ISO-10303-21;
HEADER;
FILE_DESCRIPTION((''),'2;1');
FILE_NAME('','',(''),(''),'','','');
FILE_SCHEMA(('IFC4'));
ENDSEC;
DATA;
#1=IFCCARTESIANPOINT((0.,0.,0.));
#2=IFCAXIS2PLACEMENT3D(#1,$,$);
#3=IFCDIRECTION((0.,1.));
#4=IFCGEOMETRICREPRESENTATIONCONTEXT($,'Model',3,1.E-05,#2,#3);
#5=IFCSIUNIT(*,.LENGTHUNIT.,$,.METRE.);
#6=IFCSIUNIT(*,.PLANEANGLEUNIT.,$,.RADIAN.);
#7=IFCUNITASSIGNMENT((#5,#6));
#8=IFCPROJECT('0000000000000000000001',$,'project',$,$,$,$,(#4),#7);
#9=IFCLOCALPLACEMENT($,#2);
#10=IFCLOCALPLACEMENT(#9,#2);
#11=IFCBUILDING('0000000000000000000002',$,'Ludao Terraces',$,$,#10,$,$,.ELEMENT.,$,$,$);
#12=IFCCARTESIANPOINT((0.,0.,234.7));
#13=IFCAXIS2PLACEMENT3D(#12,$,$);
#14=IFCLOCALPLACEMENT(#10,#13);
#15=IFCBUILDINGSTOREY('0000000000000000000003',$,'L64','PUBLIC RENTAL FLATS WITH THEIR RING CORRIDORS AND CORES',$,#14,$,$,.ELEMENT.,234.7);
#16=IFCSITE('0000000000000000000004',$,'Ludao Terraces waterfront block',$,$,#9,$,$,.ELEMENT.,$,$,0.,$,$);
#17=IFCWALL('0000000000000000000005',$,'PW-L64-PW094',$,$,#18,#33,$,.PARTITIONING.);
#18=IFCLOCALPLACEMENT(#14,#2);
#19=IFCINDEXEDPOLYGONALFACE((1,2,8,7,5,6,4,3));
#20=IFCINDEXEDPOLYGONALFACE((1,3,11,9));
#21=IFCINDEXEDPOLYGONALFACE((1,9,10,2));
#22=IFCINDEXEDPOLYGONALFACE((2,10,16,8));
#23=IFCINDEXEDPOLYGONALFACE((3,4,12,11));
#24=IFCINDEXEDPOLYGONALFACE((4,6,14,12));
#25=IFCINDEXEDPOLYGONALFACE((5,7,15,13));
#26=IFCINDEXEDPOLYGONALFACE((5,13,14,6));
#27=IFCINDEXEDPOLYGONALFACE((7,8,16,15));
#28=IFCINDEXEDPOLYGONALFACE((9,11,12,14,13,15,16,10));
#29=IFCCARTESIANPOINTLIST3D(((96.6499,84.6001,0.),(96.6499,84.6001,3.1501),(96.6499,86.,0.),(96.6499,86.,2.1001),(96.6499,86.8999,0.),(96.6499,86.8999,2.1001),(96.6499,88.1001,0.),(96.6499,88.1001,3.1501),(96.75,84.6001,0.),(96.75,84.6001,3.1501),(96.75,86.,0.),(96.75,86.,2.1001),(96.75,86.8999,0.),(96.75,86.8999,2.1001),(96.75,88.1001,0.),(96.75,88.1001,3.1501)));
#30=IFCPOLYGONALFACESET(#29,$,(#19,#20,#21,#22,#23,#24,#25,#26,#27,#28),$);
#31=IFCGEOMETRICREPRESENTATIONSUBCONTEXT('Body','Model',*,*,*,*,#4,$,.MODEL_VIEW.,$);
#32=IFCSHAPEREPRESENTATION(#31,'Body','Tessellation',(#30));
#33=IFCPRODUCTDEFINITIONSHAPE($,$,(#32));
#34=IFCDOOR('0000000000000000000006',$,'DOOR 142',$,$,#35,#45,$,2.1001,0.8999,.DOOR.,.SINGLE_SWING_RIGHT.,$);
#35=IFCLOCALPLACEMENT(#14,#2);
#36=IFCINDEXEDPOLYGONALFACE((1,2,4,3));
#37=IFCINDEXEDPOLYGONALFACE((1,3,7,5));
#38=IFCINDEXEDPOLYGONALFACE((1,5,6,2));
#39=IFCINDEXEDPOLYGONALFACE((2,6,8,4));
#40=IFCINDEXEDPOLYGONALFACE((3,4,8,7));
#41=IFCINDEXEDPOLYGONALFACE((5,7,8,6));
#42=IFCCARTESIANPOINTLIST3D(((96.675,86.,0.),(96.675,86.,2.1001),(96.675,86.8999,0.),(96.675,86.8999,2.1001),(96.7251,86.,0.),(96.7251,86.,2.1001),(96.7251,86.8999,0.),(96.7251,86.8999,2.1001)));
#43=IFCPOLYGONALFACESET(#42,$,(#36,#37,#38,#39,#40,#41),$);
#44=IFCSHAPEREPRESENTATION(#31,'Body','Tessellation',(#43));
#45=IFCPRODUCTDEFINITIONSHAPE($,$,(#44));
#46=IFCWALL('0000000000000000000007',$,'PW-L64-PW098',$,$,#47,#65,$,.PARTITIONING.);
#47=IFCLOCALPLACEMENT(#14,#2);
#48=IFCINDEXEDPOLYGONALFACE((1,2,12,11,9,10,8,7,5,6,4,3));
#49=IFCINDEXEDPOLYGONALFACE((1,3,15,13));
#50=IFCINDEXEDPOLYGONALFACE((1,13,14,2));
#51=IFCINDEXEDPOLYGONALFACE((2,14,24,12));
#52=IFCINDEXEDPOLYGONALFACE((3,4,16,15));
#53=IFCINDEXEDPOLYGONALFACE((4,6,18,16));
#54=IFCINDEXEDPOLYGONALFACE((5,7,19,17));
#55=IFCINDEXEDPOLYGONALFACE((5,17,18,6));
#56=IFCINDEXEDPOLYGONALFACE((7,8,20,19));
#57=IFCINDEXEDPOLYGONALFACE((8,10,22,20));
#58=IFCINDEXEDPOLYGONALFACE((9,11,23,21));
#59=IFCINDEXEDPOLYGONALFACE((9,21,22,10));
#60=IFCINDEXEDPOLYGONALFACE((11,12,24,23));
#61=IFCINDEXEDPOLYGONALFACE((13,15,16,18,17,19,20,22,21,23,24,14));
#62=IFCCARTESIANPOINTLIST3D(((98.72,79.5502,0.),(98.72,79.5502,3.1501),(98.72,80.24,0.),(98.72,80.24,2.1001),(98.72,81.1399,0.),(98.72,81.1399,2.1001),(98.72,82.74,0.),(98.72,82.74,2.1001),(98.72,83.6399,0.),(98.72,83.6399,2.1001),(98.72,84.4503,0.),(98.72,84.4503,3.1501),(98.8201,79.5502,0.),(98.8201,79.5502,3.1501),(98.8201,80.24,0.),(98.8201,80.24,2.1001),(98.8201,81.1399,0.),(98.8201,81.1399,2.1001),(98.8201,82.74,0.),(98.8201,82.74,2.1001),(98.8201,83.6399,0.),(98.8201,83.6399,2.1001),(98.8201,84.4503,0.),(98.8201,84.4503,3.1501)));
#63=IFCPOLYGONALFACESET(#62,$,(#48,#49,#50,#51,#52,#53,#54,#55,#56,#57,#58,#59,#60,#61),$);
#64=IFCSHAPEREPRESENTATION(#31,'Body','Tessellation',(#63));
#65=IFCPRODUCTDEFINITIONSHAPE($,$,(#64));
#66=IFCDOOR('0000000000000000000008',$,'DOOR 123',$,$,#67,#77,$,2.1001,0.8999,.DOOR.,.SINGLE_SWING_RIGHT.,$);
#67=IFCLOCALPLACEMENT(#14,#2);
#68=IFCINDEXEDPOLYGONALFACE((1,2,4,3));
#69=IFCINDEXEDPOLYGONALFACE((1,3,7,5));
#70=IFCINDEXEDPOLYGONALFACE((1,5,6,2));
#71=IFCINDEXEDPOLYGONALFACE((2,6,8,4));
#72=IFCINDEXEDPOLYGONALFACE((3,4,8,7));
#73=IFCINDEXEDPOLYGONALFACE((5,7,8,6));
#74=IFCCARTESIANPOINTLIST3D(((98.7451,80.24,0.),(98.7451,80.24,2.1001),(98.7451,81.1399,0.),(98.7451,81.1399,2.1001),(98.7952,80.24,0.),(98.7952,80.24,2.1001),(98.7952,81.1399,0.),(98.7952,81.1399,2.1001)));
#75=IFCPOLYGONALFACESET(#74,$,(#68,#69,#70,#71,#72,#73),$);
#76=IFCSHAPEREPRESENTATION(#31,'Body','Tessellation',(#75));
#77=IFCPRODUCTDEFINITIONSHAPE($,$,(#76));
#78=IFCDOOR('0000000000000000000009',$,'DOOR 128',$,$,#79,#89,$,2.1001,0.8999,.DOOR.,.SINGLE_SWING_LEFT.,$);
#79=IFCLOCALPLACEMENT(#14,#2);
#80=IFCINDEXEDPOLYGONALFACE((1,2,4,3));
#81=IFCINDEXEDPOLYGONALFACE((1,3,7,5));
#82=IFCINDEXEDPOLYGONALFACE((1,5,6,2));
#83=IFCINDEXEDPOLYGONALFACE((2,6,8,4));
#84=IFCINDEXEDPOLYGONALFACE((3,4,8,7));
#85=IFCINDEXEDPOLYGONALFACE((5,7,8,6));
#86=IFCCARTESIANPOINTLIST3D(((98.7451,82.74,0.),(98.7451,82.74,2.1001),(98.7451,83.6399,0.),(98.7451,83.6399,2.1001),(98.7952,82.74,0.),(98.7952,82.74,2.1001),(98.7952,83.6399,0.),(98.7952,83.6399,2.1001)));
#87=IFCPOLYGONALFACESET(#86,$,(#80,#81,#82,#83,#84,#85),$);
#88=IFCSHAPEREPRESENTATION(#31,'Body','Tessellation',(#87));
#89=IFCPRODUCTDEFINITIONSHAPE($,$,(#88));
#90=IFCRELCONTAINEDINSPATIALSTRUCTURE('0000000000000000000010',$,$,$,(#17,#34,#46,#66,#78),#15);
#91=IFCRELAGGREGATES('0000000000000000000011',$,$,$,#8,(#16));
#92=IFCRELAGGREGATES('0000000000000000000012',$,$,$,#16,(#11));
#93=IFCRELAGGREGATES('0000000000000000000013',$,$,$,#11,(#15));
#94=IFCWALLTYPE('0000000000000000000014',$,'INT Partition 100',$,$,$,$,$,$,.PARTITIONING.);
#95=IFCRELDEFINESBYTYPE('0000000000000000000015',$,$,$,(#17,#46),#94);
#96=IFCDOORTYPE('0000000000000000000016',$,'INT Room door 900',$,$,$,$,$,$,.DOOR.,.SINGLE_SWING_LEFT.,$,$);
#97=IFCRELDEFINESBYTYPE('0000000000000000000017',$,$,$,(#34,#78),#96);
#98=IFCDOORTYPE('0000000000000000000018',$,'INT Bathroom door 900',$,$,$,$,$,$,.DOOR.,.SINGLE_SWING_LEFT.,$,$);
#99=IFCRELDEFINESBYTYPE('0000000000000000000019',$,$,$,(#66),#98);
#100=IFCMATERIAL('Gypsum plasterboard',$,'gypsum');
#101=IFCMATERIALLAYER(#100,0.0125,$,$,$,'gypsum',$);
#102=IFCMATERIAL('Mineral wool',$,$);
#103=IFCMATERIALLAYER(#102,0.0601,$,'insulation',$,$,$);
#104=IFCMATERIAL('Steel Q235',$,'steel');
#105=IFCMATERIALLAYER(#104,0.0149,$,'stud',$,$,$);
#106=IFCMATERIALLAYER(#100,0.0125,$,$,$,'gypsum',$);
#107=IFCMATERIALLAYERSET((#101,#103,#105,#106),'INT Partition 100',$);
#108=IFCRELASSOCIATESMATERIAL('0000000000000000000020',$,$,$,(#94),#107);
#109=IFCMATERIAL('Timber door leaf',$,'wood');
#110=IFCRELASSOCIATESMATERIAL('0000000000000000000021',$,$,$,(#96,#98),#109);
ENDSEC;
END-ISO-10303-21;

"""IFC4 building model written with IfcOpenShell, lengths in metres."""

from ifc_helpers import new_model, si_unit, direction, frame, frame_2d, origin, place, context, subcontext, project, spatial, rectangle, extrude, material, layer, layer_set, type_object, element, fill, save


model = new_model("IFC4")

# Units and contexts
model_context = context("Model", 3, precision=1e-05, world=origin(), true_north=direction((0.0, 1.0)))
body_context = subcontext(model_context, "Body", "Model", "MODEL_VIEW")
ifc_project = project(units=[si_unit("LENGTHUNIT", "METRE"), si_unit("PLANEANGLEUNIT", "RADIAN")], contexts=[model_context])

# Site, building, storey
site_placement = place(None, origin())
site = spatial("IfcSite", under=ifc_project, at=site_placement, Name="Ludao Terraces waterfront block", CompositionType="ELEMENT", RefElevation=0.0)
building_placement = place(site_placement, origin())
building = spatial("IfcBuilding", under=site, at=building_placement, Name="Ludao Terraces", CompositionType="ELEMENT")
storey_placement = place(building_placement, frame((0.0, 0.0, 234.7)))
storey = spatial("IfcBuildingStorey", under=building, at=storey_placement, Name="L64", Description="PUBLIC RENTAL FLATS WITH THEIR RING CORRIDORS AND CORES", CompositionType="ELEMENT", Elevation=234.7)

# Shared definitions
ifc_material_1 = material(Name="Mineral wool")

# Shared definitions
ifc_material_2 = material(Name="Gypsum plasterboard", Category="gypsum")
ifc_layer_1 = layer(ifc_material_2, 0.0125, Category="gypsum")
ifc_layer_2 = layer(ifc_material_1, 0.0601, Name="insulation")
ifc_material_3 = material(Name="Steel Q235", Category="steel")
ifc_layer_3 = layer(ifc_material_3, 0.0149, Name="stud")
ifc_layer_4 = layer(ifc_material_2, 0.0125, Category="gypsum")
ifc_layer_set_1 = layer_set([ifc_layer_1, ifc_layer_2, ifc_layer_3, ifc_layer_4], Name="INT Partition 100")
wall_type_1 = type_object("IfcWallType", Name="INT Partition 100", PredefinedType="PARTITIONING", material=ifc_layer_set_1)

# Wall, opening, door
ifc_material_4 = material(Name="Timber door leaf", Category="wood")
door_type_1 = type_object("IfcDoorType", Name="INT Room door 900", OperationType="SINGLE_SWING_LEFT", PredefinedType="DOOR", material=ifc_material_4)
wall_1_placement = place(storey_placement, frame((96.7, 84.6001, 0.0), z_axis=(0.0, 0.0, 1.0), x_axis=(0.0, 1.0, 0.0)))
wall_1 = element("IfcWall", 1, at=wall_1_placement, inside=storey, type_object=wall_type_1, Name="PW-L64-PW094", PredefinedType="PARTITIONING", context=body_context, shape_type="SweptSolid", body=[
    extrude(rectangle(XDim=3.5, YDim=0.1001, at=frame_2d((1.75, 0.0))), origin(), (0.0, 0.0, 1.0), 3.1501),
])
opening_1_placement = place(wall_1_placement, frame((1.3999, 0.0, 0.0)))
opening_1 = element("IfcOpeningElement", 2, at=opening_1_placement, cuts=wall_1, PredefinedType="OPENING", context=body_context, shape_type="SweptSolid", body=[
    extrude(rectangle(XDim=0.8999, YDim=2.1001, at=frame_2d((0.45, 1.05))), frame((0.0, 0.0601, 0.0), z_axis=(0.0, -1.0, 0.0), x_axis=(1.0, 0.0, 0.0)), (0.0, 0.0, 1.0), 0.1201),
])
door_1_placement = place(opening_1_placement, origin())
door_1 = element("IfcDoor", 3, at=door_1_placement, inside=storey, type_object=door_type_1, Name="DOOR 142", OperationType="SINGLE_SWING_RIGHT", OverallHeight=2.1001, OverallWidth=0.8999, PredefinedType="DOOR", context=body_context, shape_type="SweptSolid", body=[
    extrude(rectangle(XDim=0.8999, YDim=2.1001, at=frame_2d((0.45, 1.05))), frame((0.0, 0.0249, 0.0), z_axis=(0.0, -1.0, 0.0), x_axis=(1.0, 0.0, 0.0)), (0.0, 0.0, 1.0), 0.05),
])
fill(opening_1, door_1)

# Wall, openings, doors
wall_2_placement = place(storey_placement, frame((98.77, 79.55, 0.0), z_axis=(0.0, 0.0, 1.0), x_axis=(0.0, 1.0, 0.0)))
wall_2 = element("IfcWall", 4, at=wall_2_placement, inside=storey, type_object=wall_type_1, Name="PW-L64-PW098", PredefinedType="PARTITIONING", context=body_context, shape_type="SweptSolid", body=[
    extrude(rectangle(XDim=4.9001, YDim=0.1001, at=frame_2d((2.4502, 0.0))), origin(), (0.0, 0.0, 1.0), 3.1501),
])
opening_2_placement = place(wall_2_placement, frame((0.6899, 0.0, 0.0)))
opening_2 = element("IfcOpeningElement", 5, at=opening_2_placement, cuts=wall_2, PredefinedType="OPENING", context=body_context, shape_type="SweptSolid", body=[
    extrude(rectangle(XDim=0.8999, YDim=2.1001, at=frame_2d((0.45, 1.05))), frame((0.0, 0.0601, 0.0), z_axis=(0.0, -1.0, 0.0), x_axis=(1.0, 0.0, 0.0)), (0.0, 0.0, 1.0), 0.1201),
])
opening_3_placement = place(wall_2_placement, frame((3.1899, 0.0, 0.0)))
opening_3 = element("IfcOpeningElement", 6, at=opening_3_placement, cuts=wall_2, PredefinedType="OPENING", context=body_context, shape_type="SweptSolid", body=[
    extrude(rectangle(XDim=0.8999, YDim=2.1001, at=frame_2d((0.45, 1.05))), frame((0.0, 0.0601, 0.0), z_axis=(0.0, -1.0, 0.0), x_axis=(1.0, 0.0, 0.0)), (0.0, 0.0, 1.0), 0.1201),
])
door_type_2 = type_object("IfcDoorType", Name="INT Bathroom door 900", OperationType="SINGLE_SWING_LEFT", PredefinedType="DOOR", material=ifc_material_4)
door_2_placement = place(opening_2_placement, origin())
door_2 = element("IfcDoor", 7, at=door_2_placement, inside=storey, type_object=door_type_2, Name="DOOR 123", OperationType="SINGLE_SWING_RIGHT", OverallHeight=2.1001, OverallWidth=0.8999, PredefinedType="DOOR", context=body_context, shape_type="SweptSolid", body=[
    extrude(rectangle(XDim=0.8999, YDim=2.1001, at=frame_2d((0.45, 1.05))), frame((0.0, 0.0249, 0.0), z_axis=(0.0, -1.0, 0.0), x_axis=(1.0, 0.0, 0.0)), (0.0, 0.0, 1.0), 0.05),
])
fill(opening_2, door_2)
door_3_placement = place(opening_3_placement, origin())
door_3 = element("IfcDoor", 8, at=door_3_placement, inside=storey, type_object=door_type_1, Name="DOOR 128", OperationType="SINGLE_SWING_LEFT", OverallHeight=2.1001, OverallWidth=0.8999, PredefinedType="DOOR", context=body_context, shape_type="SweptSolid", body=[
    extrude(rectangle(XDim=0.8999, YDim=2.1001, at=frame_2d((0.45, 1.05))), frame((0.0, 0.0249, 0.0), z_axis=(0.0, -1.0, 0.0), x_axis=(1.0, 0.0, 0.0)), (0.0, 0.0, 1.0), 0.05),
])
fill(opening_3, door_3)

save(model, "model.ifc")
